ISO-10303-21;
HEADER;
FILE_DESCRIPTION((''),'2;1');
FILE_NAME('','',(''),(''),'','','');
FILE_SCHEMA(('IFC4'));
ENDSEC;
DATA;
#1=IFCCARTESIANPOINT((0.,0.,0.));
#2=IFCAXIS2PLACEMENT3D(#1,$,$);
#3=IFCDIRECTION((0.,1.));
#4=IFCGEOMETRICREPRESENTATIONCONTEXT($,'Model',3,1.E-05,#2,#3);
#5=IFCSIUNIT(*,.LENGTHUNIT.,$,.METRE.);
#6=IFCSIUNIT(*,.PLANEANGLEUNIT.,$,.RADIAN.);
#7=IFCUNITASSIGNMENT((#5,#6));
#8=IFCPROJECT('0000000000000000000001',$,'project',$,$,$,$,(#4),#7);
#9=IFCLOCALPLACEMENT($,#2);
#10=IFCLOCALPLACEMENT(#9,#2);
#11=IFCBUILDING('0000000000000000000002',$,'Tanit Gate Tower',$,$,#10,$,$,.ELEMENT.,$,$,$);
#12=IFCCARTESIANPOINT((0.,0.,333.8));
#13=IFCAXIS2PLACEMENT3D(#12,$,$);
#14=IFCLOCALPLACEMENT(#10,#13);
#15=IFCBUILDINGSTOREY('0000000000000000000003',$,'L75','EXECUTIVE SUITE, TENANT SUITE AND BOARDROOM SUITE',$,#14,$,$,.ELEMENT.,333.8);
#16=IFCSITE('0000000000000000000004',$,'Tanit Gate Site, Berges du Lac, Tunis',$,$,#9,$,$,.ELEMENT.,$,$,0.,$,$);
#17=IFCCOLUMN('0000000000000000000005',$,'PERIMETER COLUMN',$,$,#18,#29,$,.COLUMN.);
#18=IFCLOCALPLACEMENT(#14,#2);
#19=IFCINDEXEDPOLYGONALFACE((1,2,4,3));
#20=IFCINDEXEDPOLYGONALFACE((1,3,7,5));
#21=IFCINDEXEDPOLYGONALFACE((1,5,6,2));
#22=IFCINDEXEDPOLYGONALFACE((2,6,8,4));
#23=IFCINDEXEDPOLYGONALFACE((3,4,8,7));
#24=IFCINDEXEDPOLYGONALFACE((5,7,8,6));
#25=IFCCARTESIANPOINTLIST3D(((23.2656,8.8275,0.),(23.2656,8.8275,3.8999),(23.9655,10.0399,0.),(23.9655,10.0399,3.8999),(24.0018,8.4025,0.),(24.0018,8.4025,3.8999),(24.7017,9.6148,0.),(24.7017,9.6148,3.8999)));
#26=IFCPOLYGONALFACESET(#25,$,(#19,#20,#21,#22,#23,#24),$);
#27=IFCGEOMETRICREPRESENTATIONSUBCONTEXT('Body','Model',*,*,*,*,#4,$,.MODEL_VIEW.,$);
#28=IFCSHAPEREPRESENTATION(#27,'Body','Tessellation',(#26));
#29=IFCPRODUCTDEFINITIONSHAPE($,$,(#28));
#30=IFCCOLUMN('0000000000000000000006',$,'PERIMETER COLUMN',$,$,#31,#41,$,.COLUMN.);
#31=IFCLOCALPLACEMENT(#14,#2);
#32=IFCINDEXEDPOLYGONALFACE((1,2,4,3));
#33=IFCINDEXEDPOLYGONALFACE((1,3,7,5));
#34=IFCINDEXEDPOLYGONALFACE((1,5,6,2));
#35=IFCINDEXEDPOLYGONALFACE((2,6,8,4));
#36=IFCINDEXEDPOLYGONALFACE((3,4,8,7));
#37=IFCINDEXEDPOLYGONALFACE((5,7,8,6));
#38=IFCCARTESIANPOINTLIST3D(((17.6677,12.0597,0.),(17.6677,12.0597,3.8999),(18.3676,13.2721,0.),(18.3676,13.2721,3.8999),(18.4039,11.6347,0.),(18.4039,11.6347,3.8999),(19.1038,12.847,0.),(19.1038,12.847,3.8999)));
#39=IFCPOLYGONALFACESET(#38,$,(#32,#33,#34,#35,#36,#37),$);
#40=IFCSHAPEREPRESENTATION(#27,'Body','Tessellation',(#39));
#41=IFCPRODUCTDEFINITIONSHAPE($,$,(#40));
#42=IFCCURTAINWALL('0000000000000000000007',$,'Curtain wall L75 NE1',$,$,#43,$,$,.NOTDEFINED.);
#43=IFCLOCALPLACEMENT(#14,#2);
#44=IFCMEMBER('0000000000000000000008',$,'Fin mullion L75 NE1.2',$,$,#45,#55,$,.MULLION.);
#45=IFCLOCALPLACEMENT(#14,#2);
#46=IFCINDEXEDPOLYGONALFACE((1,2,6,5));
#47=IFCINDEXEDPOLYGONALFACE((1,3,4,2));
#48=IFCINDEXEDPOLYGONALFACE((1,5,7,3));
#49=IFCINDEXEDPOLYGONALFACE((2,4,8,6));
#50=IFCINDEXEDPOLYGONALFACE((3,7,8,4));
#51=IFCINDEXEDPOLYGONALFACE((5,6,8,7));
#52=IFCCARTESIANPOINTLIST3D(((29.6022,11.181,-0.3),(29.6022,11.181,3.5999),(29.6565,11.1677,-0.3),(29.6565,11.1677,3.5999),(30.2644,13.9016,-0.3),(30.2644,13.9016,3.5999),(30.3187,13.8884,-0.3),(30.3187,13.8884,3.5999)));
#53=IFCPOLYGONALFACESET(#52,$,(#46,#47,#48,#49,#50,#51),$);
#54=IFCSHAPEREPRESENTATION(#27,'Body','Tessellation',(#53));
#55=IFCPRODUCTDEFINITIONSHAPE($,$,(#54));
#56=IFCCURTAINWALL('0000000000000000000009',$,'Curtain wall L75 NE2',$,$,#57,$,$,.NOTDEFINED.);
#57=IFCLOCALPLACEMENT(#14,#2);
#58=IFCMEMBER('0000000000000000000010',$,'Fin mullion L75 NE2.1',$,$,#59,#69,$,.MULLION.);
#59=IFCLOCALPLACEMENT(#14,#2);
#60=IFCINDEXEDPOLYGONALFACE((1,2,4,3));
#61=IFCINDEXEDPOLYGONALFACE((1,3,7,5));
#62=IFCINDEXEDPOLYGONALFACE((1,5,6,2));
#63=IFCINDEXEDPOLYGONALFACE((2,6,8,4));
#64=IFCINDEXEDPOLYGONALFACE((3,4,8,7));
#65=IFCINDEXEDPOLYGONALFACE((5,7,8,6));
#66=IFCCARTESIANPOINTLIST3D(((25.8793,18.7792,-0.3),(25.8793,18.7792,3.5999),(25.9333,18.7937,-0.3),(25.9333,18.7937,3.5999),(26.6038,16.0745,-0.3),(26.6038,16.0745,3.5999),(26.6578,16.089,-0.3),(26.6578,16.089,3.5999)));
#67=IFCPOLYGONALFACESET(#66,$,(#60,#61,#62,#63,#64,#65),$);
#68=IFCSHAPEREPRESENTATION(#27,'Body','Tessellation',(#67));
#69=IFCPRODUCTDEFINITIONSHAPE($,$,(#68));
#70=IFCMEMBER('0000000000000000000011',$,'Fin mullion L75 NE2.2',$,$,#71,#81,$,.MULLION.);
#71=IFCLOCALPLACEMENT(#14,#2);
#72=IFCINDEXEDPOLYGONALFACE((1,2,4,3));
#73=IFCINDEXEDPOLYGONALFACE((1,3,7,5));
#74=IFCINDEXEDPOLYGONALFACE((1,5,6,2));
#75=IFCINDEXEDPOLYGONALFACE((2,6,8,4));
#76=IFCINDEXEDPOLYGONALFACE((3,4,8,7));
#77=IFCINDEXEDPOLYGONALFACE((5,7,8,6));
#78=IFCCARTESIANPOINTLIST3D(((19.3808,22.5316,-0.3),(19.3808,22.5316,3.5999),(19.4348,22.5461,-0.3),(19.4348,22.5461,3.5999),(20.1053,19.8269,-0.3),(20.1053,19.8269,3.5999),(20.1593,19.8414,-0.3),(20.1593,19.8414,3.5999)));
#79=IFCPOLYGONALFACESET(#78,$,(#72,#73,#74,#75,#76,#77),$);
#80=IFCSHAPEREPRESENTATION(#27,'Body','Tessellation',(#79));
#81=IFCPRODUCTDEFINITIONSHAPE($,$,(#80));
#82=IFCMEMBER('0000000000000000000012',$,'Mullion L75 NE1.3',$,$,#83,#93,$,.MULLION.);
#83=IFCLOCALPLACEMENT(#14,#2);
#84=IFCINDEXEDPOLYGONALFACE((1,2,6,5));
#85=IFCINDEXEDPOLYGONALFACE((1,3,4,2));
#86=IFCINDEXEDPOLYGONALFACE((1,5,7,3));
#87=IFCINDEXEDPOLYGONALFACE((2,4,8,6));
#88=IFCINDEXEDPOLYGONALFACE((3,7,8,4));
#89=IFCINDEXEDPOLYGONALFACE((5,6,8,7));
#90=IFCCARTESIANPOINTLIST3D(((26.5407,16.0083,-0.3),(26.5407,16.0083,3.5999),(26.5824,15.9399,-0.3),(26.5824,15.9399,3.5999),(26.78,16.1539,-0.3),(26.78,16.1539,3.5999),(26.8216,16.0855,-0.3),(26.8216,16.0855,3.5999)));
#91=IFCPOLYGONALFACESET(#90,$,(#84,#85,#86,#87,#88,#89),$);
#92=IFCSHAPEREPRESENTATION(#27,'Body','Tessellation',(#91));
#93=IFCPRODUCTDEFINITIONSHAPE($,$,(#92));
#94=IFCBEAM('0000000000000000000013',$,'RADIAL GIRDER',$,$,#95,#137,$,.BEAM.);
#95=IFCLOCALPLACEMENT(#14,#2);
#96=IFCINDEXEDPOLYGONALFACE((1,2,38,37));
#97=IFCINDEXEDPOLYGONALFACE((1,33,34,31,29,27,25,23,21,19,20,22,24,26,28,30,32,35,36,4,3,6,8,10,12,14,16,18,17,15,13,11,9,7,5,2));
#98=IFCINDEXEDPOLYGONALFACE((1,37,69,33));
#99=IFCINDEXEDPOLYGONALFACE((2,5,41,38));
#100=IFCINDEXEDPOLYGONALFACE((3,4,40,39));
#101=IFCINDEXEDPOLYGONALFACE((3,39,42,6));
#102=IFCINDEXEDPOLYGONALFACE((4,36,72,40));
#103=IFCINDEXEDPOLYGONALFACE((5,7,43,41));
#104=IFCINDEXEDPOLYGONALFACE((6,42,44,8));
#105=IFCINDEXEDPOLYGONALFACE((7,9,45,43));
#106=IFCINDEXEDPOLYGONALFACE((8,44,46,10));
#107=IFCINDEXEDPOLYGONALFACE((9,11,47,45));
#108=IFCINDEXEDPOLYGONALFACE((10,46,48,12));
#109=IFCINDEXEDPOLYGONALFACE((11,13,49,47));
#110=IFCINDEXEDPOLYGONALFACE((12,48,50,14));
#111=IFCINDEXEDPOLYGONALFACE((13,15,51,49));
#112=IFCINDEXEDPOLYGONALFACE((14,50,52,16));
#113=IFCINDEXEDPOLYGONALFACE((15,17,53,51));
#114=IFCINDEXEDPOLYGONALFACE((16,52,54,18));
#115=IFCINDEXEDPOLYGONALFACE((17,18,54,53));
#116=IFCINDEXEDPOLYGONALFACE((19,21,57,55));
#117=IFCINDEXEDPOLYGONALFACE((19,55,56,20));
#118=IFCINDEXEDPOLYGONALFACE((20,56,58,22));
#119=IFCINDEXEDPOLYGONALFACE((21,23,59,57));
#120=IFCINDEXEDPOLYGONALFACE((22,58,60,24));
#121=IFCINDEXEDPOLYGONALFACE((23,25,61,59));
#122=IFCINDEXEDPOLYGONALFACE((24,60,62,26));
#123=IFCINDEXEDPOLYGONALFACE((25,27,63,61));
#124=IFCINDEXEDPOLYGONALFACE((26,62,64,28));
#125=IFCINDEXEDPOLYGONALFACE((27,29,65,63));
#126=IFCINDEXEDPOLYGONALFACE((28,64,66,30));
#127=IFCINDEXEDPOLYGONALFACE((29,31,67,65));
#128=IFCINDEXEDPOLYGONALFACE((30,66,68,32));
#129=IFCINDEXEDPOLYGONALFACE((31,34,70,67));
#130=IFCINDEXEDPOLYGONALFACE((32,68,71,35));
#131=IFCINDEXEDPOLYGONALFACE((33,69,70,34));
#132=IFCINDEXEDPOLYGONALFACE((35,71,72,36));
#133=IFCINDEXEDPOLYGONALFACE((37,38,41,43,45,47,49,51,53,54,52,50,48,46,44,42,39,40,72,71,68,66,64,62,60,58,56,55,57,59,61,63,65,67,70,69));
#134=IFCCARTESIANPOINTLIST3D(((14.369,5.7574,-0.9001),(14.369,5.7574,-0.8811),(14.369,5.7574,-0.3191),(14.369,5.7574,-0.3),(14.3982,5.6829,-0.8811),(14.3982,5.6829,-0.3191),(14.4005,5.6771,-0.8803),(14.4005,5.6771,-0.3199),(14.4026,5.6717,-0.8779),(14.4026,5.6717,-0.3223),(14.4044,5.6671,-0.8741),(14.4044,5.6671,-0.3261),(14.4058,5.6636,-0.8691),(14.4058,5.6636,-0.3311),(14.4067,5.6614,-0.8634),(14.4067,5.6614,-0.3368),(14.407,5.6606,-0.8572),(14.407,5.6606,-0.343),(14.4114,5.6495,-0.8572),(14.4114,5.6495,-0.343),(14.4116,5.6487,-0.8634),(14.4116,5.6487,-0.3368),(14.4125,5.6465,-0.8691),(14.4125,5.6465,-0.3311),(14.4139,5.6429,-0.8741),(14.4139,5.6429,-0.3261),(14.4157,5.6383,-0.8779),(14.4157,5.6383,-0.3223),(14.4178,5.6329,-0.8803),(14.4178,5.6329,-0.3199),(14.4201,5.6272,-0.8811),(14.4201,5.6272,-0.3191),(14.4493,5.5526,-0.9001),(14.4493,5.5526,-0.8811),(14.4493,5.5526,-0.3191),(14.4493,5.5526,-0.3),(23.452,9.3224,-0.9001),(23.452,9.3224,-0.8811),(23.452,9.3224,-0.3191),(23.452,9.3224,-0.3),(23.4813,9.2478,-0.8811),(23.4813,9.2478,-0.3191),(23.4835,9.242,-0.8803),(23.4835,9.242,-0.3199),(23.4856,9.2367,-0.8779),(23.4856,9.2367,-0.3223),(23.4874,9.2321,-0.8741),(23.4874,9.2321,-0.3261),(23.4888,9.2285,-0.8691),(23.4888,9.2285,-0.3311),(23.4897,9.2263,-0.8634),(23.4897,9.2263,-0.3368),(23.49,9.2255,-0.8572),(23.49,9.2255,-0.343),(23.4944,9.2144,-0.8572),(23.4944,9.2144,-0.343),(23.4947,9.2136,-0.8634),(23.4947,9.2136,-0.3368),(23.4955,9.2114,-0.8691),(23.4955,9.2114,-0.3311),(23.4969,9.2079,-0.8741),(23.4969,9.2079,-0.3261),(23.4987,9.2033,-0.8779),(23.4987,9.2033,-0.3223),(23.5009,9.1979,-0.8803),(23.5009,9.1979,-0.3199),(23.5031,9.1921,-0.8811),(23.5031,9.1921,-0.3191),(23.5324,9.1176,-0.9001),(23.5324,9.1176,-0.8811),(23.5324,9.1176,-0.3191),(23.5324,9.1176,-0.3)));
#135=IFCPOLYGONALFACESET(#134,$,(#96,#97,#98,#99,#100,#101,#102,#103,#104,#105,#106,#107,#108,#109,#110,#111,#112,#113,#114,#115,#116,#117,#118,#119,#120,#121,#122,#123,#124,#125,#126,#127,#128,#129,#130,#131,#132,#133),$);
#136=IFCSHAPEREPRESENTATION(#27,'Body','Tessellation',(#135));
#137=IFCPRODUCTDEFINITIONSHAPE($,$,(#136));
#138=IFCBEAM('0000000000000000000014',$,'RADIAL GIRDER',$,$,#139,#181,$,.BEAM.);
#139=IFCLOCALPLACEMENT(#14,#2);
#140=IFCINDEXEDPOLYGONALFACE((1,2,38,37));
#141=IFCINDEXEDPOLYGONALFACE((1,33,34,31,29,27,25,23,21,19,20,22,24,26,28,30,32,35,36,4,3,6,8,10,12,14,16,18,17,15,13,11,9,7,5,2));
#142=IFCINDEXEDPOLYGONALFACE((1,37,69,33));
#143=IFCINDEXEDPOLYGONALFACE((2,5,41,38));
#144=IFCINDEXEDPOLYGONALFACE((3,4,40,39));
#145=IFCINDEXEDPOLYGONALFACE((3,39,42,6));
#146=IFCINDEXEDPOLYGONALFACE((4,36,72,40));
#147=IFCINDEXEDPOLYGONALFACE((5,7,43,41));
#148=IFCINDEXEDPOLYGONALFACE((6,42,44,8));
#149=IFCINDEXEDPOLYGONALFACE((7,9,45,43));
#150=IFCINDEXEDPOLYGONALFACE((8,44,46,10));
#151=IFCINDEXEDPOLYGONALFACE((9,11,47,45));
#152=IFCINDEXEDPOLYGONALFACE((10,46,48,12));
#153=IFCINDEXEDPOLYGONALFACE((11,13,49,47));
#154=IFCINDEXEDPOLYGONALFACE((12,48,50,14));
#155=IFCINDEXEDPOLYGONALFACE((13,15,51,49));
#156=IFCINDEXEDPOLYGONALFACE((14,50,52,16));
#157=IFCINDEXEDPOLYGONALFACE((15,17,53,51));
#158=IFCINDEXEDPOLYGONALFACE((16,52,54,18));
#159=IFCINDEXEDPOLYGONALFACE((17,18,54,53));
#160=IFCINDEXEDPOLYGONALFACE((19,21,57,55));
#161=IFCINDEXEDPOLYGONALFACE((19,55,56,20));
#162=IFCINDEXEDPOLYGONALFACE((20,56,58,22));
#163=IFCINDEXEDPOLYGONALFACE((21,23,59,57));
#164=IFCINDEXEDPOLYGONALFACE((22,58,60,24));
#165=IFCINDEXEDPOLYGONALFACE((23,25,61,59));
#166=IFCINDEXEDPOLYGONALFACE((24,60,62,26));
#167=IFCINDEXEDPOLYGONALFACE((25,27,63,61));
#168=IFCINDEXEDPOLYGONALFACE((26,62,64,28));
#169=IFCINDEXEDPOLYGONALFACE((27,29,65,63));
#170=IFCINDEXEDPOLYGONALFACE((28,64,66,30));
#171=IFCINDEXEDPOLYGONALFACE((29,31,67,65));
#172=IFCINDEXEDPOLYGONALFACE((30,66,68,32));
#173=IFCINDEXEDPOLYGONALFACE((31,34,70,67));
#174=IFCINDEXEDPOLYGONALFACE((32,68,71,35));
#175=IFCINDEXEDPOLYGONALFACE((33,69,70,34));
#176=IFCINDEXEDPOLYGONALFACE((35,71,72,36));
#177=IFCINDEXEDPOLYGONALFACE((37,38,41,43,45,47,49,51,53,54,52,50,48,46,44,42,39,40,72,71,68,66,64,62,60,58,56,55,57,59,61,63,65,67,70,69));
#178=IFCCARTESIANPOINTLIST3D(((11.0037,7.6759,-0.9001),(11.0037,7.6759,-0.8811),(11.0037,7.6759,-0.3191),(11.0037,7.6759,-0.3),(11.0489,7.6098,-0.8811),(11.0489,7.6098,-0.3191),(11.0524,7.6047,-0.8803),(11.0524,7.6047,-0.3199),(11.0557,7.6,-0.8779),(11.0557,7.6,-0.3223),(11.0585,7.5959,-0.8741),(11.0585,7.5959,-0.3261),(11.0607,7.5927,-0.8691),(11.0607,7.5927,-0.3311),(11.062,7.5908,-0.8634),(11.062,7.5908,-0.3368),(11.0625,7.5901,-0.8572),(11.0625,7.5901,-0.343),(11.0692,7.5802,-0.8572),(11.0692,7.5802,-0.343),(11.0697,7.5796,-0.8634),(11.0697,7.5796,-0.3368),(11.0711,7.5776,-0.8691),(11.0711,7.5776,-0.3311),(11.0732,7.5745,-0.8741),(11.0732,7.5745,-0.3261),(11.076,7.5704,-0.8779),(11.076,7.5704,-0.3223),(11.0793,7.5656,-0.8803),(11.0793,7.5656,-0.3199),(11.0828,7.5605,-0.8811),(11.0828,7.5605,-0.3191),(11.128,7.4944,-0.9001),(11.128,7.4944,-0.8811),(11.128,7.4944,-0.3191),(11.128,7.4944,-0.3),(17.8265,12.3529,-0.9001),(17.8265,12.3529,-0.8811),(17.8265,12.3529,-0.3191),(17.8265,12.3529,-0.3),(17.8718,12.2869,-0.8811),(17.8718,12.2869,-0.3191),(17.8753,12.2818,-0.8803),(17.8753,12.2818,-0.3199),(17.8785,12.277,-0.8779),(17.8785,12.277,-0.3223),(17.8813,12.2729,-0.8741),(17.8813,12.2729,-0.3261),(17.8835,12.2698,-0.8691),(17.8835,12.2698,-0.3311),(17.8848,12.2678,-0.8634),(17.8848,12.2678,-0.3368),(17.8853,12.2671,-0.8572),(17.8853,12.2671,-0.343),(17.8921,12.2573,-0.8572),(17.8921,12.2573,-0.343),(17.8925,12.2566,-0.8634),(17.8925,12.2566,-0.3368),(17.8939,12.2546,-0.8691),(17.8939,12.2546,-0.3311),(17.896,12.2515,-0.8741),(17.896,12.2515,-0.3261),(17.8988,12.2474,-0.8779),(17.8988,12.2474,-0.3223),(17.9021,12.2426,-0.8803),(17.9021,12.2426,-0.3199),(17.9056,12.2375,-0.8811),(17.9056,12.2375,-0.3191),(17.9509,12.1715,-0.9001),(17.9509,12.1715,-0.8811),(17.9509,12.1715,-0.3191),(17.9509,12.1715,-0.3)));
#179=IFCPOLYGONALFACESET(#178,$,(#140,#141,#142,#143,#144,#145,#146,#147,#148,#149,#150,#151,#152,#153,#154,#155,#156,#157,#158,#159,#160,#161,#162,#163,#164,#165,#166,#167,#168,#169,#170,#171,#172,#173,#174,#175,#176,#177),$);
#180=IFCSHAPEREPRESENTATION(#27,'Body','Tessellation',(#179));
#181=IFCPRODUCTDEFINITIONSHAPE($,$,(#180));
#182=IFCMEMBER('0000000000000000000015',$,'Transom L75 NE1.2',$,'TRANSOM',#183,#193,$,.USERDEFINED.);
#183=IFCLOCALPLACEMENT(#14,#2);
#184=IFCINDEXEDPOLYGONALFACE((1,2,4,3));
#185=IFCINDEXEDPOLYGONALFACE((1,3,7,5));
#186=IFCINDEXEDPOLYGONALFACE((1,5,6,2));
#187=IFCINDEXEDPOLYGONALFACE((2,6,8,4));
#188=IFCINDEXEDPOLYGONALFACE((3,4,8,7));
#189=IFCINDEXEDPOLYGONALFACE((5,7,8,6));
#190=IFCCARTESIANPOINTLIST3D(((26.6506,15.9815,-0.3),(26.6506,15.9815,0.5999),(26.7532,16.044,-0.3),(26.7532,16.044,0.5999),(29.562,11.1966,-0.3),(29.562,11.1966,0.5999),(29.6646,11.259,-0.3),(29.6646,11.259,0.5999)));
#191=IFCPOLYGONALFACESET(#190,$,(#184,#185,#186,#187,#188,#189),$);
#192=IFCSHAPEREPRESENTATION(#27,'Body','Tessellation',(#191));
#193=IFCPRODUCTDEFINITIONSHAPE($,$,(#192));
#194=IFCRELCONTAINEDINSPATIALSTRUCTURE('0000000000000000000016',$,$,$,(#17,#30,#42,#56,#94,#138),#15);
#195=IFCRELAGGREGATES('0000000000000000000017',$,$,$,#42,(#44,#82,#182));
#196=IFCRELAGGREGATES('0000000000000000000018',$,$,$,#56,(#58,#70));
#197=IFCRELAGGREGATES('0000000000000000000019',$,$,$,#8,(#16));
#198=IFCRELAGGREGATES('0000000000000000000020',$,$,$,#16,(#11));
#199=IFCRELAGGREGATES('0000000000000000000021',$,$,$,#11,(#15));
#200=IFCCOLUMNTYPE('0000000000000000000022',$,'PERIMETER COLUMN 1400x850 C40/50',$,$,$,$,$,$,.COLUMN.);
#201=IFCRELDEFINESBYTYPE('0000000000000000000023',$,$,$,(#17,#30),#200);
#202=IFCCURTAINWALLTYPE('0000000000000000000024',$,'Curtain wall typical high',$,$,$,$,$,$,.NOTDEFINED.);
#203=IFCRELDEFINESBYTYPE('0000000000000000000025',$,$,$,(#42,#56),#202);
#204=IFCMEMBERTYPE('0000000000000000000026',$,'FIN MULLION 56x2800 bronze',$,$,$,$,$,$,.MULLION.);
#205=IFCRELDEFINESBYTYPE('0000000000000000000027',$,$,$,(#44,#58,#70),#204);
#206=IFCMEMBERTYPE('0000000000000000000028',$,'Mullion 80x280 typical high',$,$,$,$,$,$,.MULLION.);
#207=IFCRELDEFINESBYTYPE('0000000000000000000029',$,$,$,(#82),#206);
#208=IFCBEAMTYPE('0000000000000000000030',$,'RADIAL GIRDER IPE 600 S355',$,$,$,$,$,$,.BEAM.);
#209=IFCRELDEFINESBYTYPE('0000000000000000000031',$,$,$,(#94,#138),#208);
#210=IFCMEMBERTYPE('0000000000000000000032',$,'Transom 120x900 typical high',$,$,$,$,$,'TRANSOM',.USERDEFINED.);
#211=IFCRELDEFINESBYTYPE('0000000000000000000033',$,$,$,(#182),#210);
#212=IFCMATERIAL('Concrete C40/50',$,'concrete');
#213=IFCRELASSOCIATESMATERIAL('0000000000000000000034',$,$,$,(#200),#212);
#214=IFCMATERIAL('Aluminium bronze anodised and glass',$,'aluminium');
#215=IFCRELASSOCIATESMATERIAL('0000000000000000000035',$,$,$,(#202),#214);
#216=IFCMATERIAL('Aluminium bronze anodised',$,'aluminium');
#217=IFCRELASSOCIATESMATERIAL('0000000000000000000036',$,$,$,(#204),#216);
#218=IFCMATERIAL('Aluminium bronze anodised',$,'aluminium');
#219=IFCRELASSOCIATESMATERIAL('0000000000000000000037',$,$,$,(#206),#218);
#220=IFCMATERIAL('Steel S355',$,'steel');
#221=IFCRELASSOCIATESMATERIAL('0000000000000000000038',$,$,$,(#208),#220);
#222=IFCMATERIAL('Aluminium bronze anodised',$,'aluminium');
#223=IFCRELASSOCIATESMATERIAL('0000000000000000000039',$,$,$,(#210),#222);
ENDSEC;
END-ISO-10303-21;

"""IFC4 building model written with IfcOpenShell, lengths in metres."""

from ifc_helpers import new_model, si_unit, direction, frame, origin, origin_2d, place, context, subcontext, project, spatial, rectangle, i_section, extrude, material, material_profile, profile_set, type_object, element, aggregate, save


model = new_model("IFC4")

# Units and contexts
model_context = context("Model", 3, precision=1e-05, world=origin(), true_north=direction((0.0, 1.0)))
body_context = subcontext(model_context, "Body", "Model", "MODEL_VIEW")
ifc_project = project(units=[si_unit("LENGTHUNIT", "METRE"), si_unit("PLANEANGLEUNIT", "RADIAN")], contexts=[model_context])

# Site, building, storey
site_placement = place(None, origin())
site = spatial("IfcSite", under=ifc_project, at=site_placement, Name="Tanit Gate Site, Berges du Lac, Tunis", CompositionType="ELEMENT", RefElevation=0.0)
building_placement = place(site_placement, origin())
building = spatial("IfcBuilding", under=site, at=building_placement, Name="Tanit Gate Tower", CompositionType="ELEMENT")
storey_placement = place(building_placement, frame((0.0, 0.0, 333.8)))
storey = spatial("IfcBuildingStorey", under=building, at=storey_placement, Name="L75", Description="EXECUTIVE SUITE, TENANT SUITE AND BOARDROOM SUITE", CompositionType="ELEMENT", Elevation=333.8)

# Columns
ifc_material_1 = material(Name="Concrete C40/50", Category="concrete")
ifc_material_profile_1 = material_profile(ifc_material_1, rectangle(XDim=1.3999, YDim=0.8501, at=origin_2d()), Name="RC 1400x850")
ifc_profile_set_1 = profile_set([ifc_material_profile_1], Name="Concrete C40/50")
column_type = type_object("IfcColumnType", Name="PERIMETER COLUMN 1400x850 C40/50", PredefinedType="COLUMN", material=ifc_profile_set_1)
for number, where, z_axis, x_axis, name in (
    (1, (23.9836, 9.2212, 0.0), (0.0, 0.0, 1.0), (0.5, 0.866025, 0.0), "PERIMETER COLUMN"),
    (2, (18.3857, 12.4534, 0.0), (0.0, 0.0, 1.0), (0.5, 0.866025, 0.0), "PERIMETER COLUMN"),
):
    element("IfcColumn", number, at=place(storey_placement, frame(where, z_axis=z_axis, x_axis=x_axis)), inside=storey, type_object=column_type, Name=name, PredefinedType="COLUMN", context=body_context, shape_type="SweptSolid", body=[
        extrude(rectangle(XDim=1.3999, YDim=0.8501, at=origin_2d()), origin(), (0.0, 0.0, 1.0), 3.8999),
    ])

# Curtain wall, member
ifc_material_2 = material(Name="Aluminium bronze anodised and glass", Category="aluminium")
curtain_wall_type = type_object("IfcCurtainWallType", Name="Curtain wall typical high", PredefinedType="NOTDEFINED", material=ifc_material_2)
curtain_wall_1_placement = place(storey_placement, origin())
curtain_wall_1 = element("IfcCurtainWall", 3, at=curtain_wall_1_placement, inside=storey, type_object=curtain_wall_type, Name="Curtain wall L75 NE1", PredefinedType="NOTDEFINED")
ifc_material_3 = material(Name="Aluminium bronze anodised", Category="aluminium")
ifc_material_profile_2 = material_profile(ifc_material_3, rectangle(XDim=2.8, YDim=0.0559, at=origin_2d()), Name="56x2800 bronze fin mullion")
ifc_profile_set_2 = profile_set([ifc_material_profile_2], Name="Aluminium bronze anodised")
member_type_1 = type_object("IfcMemberType", Name="FIN MULLION 56x2800 bronze", PredefinedType="MULLION", material=ifc_profile_set_2)
member_1_placement = place(storey_placement, frame((29.9604, 12.5347, -0.3), z_axis=(0.0, 0.0, 1.0), x_axis=(-0.236496, -0.971633, 0.0)))
member_1 = element("IfcMember", 4, at=member_1_placement, type_object=member_type_1, Name="Fin mullion L75 NE1.2", PredefinedType="MULLION", context=body_context, shape_type="SweptSolid", body=[
    extrude(rectangle(XDim=2.8, YDim=0.0559, at=origin_2d()), origin(), (0.0, 0.0, 1.0), 3.8999),
])

# Curtain wall, members
curtain_wall_2_placement = place(storey_placement, origin())
curtain_wall_2 = element("IfcCurtainWall", 5, at=curtain_wall_2_placement, inside=storey, type_object=curtain_wall_type, Name="Curtain wall L75 NE2", PredefinedType="NOTDEFINED")
member_2_placement = place(storey_placement, frame((26.2686, 17.4341, -0.3), z_axis=(0.0, 0.0, 1.0), x_axis=(0.258752, -0.965944, 0.0)))
member_2 = element("IfcMember", 6, at=member_2_placement, type_object=member_type_1, Name="Fin mullion L75 NE2.1", PredefinedType="MULLION", context=body_context, shape_type="SweptSolid", body=[
    extrude(rectangle(XDim=2.8, YDim=0.0559, at=origin_2d()), origin(), (0.0, 0.0, 1.0), 3.8999),
])
member_3_placement = place(storey_placement, frame((19.77, 21.1865, -0.3), z_axis=(0.0, 0.0, 1.0), x_axis=(0.258752, -0.965944, 0.0)))
member_3 = element("IfcMember", 7, at=member_3_placement, type_object=member_type_1, Name="Fin mullion L75 NE2.2", PredefinedType="MULLION", context=body_context, shape_type="SweptSolid", body=[
    extrude(rectangle(XDim=2.8, YDim=0.0559, at=origin_2d()), origin(), (0.0, 0.0, 1.0), 3.8999),
])

# Member
ifc_material_4 = material(Name="Aluminium bronze anodised", Category="aluminium")
ifc_material_profile_3 = material_profile(ifc_material_4, rectangle(XDim=0.28, YDim=0.0801, at=origin_2d()), Name="80x280 bronze mullion")
ifc_profile_set_3 = profile_set([ifc_material_profile_3], Name="Aluminium bronze anodised")
member_type_2 = type_object("IfcMemberType", Name="Mullion 80x280 typical high", PredefinedType="MULLION", material=ifc_profile_set_3)
member_4_placement = place(storey_placement, frame((26.6812, 16.0469, -0.3), z_axis=(0.0, 0.0, 1.0), x_axis=(-0.854276, -0.51982, 0.0)))
member_4 = element("IfcMember", 8, at=member_4_placement, type_object=member_type_2, Name="Mullion L75 NE1.3", PredefinedType="MULLION", context=body_context, shape_type="SweptSolid", body=[
    extrude(rectangle(XDim=0.28, YDim=0.0801, at=origin_2d()), origin(), (0.0, 0.0, 1.0), 3.8999),
])

# Beams
ifc_material_5 = material(Name="Steel S355", Category="steel")
ifc_material_profile_4 = material_profile(ifc_material_5, i_section(OverallWidth=0.22, OverallDepth=0.6001, WebThickness=0.012, FlangeThickness=0.019, FilletRadius=0.0239, at=origin_2d()), Name="IPE 600")
ifc_profile_set_4 = profile_set([ifc_material_profile_4], Name="Steel S355")
beam_type = type_object("IfcBeamType", Name="RADIAL GIRDER IPE 600 S355", PredefinedType="BEAM", material=ifc_profile_set_4)
beam_1_placement = place(storey_placement, frame((23.4922, 9.22, -0.6001), z_axis=(-0.930869, -0.365352, 0.0), x_axis=(0.365352, -0.930869, 0.0)))
element("IfcBeam", 9, at=beam_1_placement, inside=storey, type_object=beam_type, Name="RADIAL GIRDER", PredefinedType="BEAM", context=body_context, shape_type="SweptSolid", body=[
    extrude(i_section(OverallWidth=0.22, OverallDepth=0.6001, WebThickness=0.012, FlangeThickness=0.019, FilletRadius=0.0239, at=origin_2d()), origin(), (0.0, 0.0, 1.0), 9.7576),
])
beam_2_placement = place(storey_placement, frame((17.8887, 12.2622, -0.6001), z_axis=(-0.824811, -0.565408, 0.0), x_axis=(0.565408, -0.824811, 0.0)))
element("IfcBeam", 10, at=beam_2_placement, inside=storey, type_object=beam_type, Name="RADIAL GIRDER", PredefinedType="BEAM", context=body_context, shape_type="SweptSolid", body=[
    extrude(i_section(OverallWidth=0.22, OverallDepth=0.6001, WebThickness=0.012, FlangeThickness=0.019, FilletRadius=0.0239, at=origin_2d()), origin(), (0.0, 0.0, 1.0), 8.272),
])

# Member
ifc_material_6 = material(Name="Aluminium bronze anodised", Category="aluminium")
ifc_material_profile_5 = material_profile(ifc_material_6, rectangle(XDim=0.1201, YDim=0.8999, at=origin_2d()), Name="120x900 bronze transom")
ifc_profile_set_5 = profile_set([ifc_material_profile_5], Name="Aluminium bronze anodised")
member_type_3 = type_object("IfcMemberType", Name="Transom 120x900 typical high", ElementType="TRANSOM", PredefinedType="USERDEFINED", material=ifc_profile_set_5)
member_5_placement = place(storey_placement, frame((29.6133, 11.2278, 0.1499), z_axis=(-0.519793, 0.854292, 0.0), x_axis=(-0.854292, -0.519793, 0.0)))
member_5 = element("IfcMember", 11, at=member_5_placement, type_object=member_type_3, Name="Transom L75 NE1.2", ObjectType="TRANSOM", PredefinedType="USERDEFINED", context=body_context, shape_type="SweptSolid", body=[
    extrude(rectangle(XDim=0.1201, YDim=0.8999, at=origin_2d()), origin(), (0.0, 0.0, 1.0), 5.6011),
])

aggregate(curtain_wall_1, [member_1, member_4, member_5])
aggregate(curtain_wall_2, [member_2, member_3])

save(model, "model.ifc")
